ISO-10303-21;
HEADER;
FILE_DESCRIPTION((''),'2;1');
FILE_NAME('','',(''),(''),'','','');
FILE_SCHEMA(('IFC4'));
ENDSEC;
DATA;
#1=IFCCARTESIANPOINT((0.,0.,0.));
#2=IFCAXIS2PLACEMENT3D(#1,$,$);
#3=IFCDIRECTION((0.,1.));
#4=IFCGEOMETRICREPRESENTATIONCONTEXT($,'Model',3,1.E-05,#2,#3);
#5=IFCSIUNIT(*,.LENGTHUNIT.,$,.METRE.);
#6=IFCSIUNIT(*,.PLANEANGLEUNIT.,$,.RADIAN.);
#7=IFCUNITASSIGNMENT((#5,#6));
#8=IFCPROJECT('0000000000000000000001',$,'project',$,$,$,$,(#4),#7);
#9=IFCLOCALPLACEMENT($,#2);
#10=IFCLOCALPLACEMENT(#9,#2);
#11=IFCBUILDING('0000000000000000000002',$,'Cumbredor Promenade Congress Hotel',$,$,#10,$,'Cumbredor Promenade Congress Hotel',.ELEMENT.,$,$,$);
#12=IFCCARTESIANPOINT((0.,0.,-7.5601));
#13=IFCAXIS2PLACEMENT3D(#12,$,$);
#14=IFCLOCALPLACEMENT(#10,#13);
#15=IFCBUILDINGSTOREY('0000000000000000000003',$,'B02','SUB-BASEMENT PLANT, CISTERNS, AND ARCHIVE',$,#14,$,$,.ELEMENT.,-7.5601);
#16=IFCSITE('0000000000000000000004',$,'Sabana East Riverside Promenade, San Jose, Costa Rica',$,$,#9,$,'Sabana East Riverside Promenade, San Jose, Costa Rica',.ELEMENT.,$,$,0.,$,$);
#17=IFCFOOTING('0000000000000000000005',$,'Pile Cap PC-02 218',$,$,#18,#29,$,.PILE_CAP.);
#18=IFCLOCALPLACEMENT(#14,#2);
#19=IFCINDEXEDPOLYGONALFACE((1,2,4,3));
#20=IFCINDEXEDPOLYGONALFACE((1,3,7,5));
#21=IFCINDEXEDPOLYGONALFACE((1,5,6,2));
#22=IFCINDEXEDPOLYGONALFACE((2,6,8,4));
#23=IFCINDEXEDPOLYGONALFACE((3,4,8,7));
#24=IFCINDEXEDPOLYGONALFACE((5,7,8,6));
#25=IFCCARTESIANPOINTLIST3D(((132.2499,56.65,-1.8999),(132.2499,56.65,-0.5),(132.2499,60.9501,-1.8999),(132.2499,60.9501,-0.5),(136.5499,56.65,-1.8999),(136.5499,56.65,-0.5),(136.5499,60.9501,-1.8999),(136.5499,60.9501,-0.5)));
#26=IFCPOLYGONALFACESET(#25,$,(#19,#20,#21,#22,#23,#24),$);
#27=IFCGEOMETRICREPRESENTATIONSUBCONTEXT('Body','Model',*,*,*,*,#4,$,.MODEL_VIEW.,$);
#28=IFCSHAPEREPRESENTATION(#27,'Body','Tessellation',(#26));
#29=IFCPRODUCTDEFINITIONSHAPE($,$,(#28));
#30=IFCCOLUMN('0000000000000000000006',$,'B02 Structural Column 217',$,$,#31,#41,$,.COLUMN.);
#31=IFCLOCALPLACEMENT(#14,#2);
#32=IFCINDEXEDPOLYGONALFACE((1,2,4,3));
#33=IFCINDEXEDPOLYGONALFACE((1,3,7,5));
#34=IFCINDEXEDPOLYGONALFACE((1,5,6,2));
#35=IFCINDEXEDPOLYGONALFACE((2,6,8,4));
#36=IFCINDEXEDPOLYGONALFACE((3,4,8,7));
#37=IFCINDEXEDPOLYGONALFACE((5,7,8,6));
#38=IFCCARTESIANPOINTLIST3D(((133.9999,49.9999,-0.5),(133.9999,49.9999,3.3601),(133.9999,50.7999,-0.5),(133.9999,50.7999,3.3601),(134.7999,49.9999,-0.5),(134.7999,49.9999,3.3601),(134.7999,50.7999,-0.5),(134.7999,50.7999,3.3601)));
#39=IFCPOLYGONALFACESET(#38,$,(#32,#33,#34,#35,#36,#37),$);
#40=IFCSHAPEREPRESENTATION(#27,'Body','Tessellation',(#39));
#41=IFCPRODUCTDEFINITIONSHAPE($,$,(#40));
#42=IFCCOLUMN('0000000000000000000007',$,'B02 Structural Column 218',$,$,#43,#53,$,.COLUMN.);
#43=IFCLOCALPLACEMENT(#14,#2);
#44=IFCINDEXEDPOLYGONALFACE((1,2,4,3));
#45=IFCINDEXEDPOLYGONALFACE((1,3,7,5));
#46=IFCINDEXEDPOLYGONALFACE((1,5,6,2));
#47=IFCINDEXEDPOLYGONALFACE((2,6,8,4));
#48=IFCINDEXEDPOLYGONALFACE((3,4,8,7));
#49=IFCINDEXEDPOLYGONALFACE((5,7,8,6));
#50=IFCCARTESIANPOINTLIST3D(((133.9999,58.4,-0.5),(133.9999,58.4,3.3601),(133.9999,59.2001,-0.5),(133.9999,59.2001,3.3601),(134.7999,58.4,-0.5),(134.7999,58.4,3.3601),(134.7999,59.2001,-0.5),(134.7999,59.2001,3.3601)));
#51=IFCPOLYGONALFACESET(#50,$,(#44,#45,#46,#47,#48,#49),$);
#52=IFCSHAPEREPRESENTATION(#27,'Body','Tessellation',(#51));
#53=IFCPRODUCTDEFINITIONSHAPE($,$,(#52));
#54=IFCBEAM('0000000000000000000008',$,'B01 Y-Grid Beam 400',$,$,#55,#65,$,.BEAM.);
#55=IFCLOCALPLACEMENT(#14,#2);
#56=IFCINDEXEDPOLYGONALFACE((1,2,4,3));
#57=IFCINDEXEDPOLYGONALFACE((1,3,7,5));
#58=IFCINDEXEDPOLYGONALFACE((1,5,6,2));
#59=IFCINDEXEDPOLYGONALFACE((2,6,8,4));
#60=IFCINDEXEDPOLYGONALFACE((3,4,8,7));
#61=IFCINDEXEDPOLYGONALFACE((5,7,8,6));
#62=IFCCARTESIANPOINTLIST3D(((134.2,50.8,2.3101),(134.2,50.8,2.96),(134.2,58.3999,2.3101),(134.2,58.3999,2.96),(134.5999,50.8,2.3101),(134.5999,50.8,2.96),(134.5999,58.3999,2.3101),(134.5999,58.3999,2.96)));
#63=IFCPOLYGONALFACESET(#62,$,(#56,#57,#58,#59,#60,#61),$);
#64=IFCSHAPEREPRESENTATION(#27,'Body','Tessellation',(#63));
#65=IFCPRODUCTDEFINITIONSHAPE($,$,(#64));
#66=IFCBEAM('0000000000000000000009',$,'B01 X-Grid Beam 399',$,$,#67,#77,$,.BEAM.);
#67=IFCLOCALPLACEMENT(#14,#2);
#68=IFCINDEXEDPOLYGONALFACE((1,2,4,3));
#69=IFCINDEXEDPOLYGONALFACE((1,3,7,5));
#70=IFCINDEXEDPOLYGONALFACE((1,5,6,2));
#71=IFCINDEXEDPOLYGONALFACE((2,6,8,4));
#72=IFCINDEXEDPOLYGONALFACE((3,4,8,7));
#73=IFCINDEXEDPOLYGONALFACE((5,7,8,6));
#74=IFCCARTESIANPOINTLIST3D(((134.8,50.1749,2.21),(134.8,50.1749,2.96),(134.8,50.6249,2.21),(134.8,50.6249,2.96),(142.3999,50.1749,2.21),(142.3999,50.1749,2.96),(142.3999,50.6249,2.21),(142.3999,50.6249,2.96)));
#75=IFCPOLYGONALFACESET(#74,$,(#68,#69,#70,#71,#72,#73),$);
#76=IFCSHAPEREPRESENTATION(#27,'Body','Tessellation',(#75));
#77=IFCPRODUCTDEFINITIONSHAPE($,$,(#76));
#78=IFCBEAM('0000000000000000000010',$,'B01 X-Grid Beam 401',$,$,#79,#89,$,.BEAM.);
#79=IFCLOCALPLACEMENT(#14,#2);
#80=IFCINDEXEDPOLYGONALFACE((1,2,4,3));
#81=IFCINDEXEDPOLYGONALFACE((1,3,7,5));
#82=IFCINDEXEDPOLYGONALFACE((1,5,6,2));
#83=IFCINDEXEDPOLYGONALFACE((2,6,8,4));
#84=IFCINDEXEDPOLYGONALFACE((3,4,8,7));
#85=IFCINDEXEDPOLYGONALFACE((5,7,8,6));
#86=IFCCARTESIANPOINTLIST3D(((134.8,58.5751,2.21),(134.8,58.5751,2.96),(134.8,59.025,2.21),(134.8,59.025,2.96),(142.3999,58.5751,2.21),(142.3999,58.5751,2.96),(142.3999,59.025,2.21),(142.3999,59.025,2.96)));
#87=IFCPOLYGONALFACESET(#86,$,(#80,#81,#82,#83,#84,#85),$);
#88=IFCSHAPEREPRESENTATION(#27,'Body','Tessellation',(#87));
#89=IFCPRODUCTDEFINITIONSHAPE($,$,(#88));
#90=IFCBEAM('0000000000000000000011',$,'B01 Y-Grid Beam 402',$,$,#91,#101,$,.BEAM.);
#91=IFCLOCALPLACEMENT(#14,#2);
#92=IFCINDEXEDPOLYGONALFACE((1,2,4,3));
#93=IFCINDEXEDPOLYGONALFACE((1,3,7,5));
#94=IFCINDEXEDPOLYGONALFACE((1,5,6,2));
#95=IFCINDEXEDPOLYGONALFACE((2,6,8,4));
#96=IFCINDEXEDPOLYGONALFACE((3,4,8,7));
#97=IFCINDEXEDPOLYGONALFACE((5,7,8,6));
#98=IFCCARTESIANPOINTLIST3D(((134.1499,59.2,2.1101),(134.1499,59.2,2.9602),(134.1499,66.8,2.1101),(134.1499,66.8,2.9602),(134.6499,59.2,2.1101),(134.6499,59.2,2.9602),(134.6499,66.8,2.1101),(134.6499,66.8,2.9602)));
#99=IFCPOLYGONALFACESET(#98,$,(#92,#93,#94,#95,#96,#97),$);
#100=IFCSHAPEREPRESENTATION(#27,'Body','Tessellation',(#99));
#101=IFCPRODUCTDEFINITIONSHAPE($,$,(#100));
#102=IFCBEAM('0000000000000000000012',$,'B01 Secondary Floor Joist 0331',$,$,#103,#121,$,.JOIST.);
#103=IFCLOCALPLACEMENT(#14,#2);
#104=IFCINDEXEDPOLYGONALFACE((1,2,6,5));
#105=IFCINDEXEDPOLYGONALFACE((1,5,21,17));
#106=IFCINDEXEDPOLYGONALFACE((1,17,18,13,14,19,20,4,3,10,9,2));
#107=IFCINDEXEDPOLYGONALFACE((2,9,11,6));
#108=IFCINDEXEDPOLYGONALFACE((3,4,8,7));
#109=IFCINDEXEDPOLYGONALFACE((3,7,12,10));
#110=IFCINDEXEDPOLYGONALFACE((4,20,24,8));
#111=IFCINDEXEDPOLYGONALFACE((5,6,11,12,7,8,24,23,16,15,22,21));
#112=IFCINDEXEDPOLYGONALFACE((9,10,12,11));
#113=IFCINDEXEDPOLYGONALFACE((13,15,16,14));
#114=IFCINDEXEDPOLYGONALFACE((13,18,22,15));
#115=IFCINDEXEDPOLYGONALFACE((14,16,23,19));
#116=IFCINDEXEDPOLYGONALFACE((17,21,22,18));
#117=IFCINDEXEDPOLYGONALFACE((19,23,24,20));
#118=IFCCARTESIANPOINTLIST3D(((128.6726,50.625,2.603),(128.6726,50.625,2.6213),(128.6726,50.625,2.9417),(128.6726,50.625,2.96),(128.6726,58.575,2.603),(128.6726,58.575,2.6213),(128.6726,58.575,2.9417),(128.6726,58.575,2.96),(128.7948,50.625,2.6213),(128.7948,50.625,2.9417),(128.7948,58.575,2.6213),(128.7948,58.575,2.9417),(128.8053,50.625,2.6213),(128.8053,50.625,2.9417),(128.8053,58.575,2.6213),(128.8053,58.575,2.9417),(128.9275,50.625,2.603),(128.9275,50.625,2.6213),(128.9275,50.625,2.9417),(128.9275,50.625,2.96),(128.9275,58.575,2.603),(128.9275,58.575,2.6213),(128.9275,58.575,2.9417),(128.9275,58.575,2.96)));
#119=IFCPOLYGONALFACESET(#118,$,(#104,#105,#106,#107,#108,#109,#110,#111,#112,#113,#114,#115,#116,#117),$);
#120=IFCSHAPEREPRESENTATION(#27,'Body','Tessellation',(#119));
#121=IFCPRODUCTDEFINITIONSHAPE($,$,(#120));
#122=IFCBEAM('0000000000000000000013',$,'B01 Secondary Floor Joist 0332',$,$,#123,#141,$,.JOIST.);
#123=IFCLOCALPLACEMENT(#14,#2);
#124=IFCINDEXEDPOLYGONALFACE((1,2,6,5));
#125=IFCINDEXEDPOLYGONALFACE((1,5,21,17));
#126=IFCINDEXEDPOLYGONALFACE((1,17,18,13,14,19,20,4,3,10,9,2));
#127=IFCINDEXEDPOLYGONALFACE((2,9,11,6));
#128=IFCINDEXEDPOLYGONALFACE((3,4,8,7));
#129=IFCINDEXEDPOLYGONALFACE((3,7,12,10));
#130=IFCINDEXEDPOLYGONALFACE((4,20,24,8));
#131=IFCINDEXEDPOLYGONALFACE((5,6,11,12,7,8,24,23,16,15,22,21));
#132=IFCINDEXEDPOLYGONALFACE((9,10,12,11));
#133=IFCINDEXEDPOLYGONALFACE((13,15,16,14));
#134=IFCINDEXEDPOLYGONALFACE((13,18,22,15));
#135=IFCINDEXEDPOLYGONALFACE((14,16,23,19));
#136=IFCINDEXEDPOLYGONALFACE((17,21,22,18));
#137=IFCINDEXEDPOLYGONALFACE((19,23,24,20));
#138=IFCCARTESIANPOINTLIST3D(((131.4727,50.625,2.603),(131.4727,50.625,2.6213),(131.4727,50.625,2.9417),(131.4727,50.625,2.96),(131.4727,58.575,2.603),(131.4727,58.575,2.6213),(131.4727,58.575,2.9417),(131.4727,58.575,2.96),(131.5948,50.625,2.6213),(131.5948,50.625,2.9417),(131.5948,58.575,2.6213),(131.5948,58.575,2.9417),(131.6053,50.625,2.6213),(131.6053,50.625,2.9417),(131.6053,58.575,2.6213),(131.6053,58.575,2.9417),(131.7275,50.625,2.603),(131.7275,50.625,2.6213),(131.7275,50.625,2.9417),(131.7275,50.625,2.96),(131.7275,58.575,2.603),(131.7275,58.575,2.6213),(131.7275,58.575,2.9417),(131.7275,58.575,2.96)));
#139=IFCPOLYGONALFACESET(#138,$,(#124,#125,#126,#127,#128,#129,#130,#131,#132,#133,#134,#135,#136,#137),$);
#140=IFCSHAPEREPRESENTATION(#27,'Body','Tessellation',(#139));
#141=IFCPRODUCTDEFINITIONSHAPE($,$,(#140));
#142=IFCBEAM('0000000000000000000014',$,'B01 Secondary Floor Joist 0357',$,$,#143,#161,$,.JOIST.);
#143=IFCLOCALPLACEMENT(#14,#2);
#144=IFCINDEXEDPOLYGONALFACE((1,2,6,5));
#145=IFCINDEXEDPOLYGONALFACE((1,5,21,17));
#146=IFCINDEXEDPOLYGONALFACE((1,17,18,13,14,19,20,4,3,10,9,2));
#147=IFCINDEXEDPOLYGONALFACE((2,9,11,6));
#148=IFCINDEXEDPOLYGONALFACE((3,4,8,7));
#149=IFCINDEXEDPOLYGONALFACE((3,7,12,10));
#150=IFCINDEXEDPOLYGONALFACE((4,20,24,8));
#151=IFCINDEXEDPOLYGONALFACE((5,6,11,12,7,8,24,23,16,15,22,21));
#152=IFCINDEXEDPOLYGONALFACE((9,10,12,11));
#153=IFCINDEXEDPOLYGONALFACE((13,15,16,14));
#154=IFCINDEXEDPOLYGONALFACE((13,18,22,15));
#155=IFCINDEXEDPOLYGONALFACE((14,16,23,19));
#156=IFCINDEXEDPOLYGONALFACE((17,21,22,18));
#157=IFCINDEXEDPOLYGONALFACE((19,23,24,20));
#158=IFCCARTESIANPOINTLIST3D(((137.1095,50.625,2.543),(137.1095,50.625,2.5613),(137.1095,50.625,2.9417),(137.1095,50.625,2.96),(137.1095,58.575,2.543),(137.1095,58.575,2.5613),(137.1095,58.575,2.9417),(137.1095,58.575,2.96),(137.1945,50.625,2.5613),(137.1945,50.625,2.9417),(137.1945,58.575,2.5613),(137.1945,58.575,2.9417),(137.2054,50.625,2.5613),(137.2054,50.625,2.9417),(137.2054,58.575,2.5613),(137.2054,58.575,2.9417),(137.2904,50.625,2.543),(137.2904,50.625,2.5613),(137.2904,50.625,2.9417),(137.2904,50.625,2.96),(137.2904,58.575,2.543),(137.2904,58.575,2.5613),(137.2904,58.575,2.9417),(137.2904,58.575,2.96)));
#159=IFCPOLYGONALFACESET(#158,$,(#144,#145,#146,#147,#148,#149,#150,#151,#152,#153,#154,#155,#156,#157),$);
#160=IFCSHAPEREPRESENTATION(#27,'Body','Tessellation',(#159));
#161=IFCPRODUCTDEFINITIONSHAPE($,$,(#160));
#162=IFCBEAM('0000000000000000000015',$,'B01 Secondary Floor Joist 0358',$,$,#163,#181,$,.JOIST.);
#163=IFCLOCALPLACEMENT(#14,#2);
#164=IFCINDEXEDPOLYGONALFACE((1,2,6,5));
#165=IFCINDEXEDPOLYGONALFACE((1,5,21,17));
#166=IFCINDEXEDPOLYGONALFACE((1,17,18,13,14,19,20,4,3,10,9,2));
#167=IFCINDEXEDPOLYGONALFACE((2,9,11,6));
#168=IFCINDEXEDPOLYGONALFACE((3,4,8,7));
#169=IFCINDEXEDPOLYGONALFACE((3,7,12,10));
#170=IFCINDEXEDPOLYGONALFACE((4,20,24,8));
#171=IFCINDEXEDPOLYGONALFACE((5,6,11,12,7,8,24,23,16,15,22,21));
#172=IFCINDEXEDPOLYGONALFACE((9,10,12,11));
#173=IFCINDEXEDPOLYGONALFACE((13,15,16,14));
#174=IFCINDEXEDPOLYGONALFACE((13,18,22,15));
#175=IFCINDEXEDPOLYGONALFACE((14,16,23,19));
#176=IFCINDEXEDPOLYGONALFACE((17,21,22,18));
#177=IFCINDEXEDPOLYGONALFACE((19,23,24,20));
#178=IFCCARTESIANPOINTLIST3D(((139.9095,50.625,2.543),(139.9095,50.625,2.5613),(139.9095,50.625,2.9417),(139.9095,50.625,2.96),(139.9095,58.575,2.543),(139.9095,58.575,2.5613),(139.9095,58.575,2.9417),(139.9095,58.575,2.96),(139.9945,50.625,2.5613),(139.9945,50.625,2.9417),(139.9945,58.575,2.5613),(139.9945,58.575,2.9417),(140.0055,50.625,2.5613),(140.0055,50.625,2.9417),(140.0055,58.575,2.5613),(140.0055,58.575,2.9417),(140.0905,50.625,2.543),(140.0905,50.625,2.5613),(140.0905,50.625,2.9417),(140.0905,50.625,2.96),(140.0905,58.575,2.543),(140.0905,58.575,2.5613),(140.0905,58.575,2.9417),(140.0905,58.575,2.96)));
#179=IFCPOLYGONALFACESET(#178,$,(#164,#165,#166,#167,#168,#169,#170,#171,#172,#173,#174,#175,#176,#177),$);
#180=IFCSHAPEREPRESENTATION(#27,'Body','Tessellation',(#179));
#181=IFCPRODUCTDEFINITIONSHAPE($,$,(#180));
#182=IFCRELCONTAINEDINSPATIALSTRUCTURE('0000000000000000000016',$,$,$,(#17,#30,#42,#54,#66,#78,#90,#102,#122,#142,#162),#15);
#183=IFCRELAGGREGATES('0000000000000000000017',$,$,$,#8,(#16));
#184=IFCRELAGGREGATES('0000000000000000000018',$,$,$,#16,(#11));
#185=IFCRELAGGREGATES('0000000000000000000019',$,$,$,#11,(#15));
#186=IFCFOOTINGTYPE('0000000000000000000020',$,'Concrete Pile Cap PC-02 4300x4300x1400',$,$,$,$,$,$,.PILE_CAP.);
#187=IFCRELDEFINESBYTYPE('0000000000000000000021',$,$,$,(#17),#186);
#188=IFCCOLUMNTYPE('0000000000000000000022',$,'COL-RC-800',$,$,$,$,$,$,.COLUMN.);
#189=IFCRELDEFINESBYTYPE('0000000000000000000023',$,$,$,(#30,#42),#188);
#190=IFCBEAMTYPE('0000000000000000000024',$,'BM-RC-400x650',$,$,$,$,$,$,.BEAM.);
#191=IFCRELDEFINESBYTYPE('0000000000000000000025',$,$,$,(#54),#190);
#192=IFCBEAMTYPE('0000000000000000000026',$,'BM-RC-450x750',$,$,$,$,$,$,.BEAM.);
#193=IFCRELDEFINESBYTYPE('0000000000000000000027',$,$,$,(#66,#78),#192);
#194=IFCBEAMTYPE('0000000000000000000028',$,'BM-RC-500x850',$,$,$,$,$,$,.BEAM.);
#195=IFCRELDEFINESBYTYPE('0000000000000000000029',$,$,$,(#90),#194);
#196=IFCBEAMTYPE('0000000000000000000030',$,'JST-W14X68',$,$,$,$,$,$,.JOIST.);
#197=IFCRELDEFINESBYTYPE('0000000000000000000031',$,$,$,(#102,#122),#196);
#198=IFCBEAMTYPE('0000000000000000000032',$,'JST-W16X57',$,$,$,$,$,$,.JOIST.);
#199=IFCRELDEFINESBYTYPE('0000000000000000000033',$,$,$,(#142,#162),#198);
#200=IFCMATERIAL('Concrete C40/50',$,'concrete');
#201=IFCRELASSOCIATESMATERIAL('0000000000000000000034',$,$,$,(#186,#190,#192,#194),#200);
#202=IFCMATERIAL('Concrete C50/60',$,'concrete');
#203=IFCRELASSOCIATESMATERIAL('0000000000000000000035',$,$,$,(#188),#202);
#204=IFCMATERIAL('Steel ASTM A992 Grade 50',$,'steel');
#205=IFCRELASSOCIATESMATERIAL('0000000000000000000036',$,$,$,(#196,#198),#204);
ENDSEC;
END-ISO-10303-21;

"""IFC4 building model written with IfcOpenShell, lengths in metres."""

from ifc_helpers import new_model, si_unit, direction, frame, origin, origin_2d, place, context, subcontext, project, spatial, rectangle, i_section, extrude, material, material_profile, profile_set, type_object, element, save


model = new_model("IFC4")

# Units and contexts
model_context = context("Model", 3, precision=1e-05, world=origin(), true_north=direction((0.0, 1.0)))
body_context = subcontext(model_context, "Body", "Model", "MODEL_VIEW")
ifc_project = project(units=[si_unit("LENGTHUNIT", "METRE"), si_unit("PLANEANGLEUNIT", "RADIAN")], contexts=[model_context])

# Site, building, storey
site_placement = place(None, origin())
site = spatial("IfcSite", under=ifc_project, at=site_placement, Name="Sabana East Riverside Promenade, San Jose, Costa Rica", LongName="Sabana East Riverside Promenade, San Jose, Costa Rica", CompositionType="ELEMENT", RefElevation=0.0)
building_placement = place(site_placement, origin())
building = spatial("IfcBuilding", under=site, at=building_placement, Name="Cumbredor Promenade Congress Hotel", LongName="Cumbredor Promenade Congress Hotel", CompositionType="ELEMENT")
storey_placement = place(building_placement, frame((0.0, 0.0, -7.5601)))
storey = spatial("IfcBuildingStorey", under=building, at=storey_placement, Name="B02", Description="SUB-BASEMENT PLANT, CISTERNS, AND ARCHIVE", CompositionType="ELEMENT", Elevation=-7.5601)

# Shared definitions
ifc_material_1 = material(Name="Concrete C40/50", Category="concrete")

# Footing
footing_type_1 = type_object("IfcFootingType", Name="Concrete Pile Cap PC-02 4300x4300x1400", PredefinedType="PILE_CAP", material=ifc_material_1)
for number, where, z_axis, x_axis, name in (
    (1, (134.3999, 58.8, -1.8999), (0.0, 0.0, 1.0), (1.0, 0.0, 0.0), "Pile Cap PC-02 218"),
):
    element("IfcFooting", number, at=place(storey_placement, frame(where, z_axis=z_axis, x_axis=x_axis)), inside=storey, type_object=footing_type_1, Name=name, PredefinedType="PILE_CAP", context=body_context, shape_type="SweptSolid", body=[
        extrude(rectangle(XDim=4.3, YDim=4.3, at=origin_2d()), origin(), (0.0, 0.0, 1.0), 1.3999),
    ])

# Columns
ifc_material_2 = material(Name="Concrete C50/60", Category="concrete")
ifc_material_profile_1 = material_profile(ifc_material_2, rectangle(XDim=0.8, YDim=0.8, at=origin_2d()), Name="RC 800x800")
ifc_profile_set_1 = profile_set([ifc_material_profile_1], Name="Concrete C50/60")
column_type = type_object("IfcColumnType", Name="COL-RC-800", PredefinedType="COLUMN", material=ifc_profile_set_1)
for number, where, z_axis, x_axis, name in (
    (2, (134.3999, 50.3999, -0.5), (0.0, 0.0, 1.0), (1.0, 0.0, 0.0), "B02 Structural Column 217"),
    (3, (134.3999, 58.8, -0.5), (0.0, 0.0, 1.0), (1.0, 0.0, 0.0), "B02 Structural Column 218"),
):
    element("IfcColumn", number, at=place(storey_placement, frame(where, z_axis=z_axis, x_axis=x_axis)), inside=storey, type_object=column_type, Name=name, PredefinedType="COLUMN", context=body_context, shape_type="SweptSolid", body=[
        extrude(rectangle(XDim=0.8, YDim=0.8, at=origin_2d()), origin(), (0.0, 0.0, 1.0), 3.8601),
    ])

# Beams
ifc_material_profile_2 = material_profile(ifc_material_1, rectangle(XDim=0.3999, YDim=0.6499, at=origin_2d()), Name="RC BEAM 400x650")
ifc_profile_set_2 = profile_set([ifc_material_profile_2], Name="Concrete C40/50")
beam_type_1 = type_object("IfcBeamType", Name="BM-RC-400x650", PredefinedType="BEAM", material=ifc_profile_set_2)
beam_1_placement = place(storey_placement, frame((134.3999, 50.8, 2.635), z_axis=(0.0, 1.0, 0.0), x_axis=(-1.0, 0.0, 0.0)))
element("IfcBeam", 4, at=beam_1_placement, inside=storey, type_object=beam_type_1, Name="B01 Y-Grid Beam 400", PredefinedType="BEAM", context=body_context, shape_type="SweptSolid", body=[
    extrude(rectangle(XDim=0.3999, YDim=0.6499, at=origin_2d()), origin(), (0.0, 0.0, 1.0), 7.5999),
])
ifc_material_profile_3 = material_profile(ifc_material_1, rectangle(XDim=0.45, YDim=0.75, at=origin_2d()), Name="RC BEAM 450x750")
ifc_profile_set_3 = profile_set([ifc_material_profile_3], Name="Concrete C40/50")
beam_type_2 = type_object("IfcBeamType", Name="BM-RC-450x750", PredefinedType="BEAM", material=ifc_profile_set_3)
for number, where, z_axis, x_axis, name in (
    (5, (134.8, 50.3999, 2.585), (1.0, 0.0, 0.0), (0.0, 1.0, 0.0), "B01 X-Grid Beam 399"),
    (6, (134.8, 58.8, 2.585), (1.0, 0.0, 0.0), (0.0, 1.0, 0.0), "B01 X-Grid Beam 401"),
):
    element("IfcBeam", number, at=place(storey_placement, frame(where, z_axis=z_axis, x_axis=x_axis)), inside=storey, type_object=beam_type_2, Name=name, PredefinedType="BEAM", context=body_context, shape_type="SweptSolid", body=[
        extrude(rectangle(XDim=0.45, YDim=0.75, at=origin_2d()), origin(), (0.0, 0.0, 1.0), 7.5999),
    ])
ifc_material_profile_4 = material_profile(ifc_material_1, rectangle(XDim=0.5, YDim=0.8501, at=origin_2d()), Name="RC BEAM 500x850")
ifc_profile_set_4 = profile_set([ifc_material_profile_4], Name="Concrete C40/50")
beam_type_3 = type_object("IfcBeamType", Name="BM-RC-500x850", PredefinedType="BEAM", material=ifc_profile_set_4)
beam_2_placement = place(storey_placement, frame((134.3999, 59.2, 2.5352), z_axis=(0.0, 1.0, 0.0), x_axis=(-1.0, 0.0, 0.0)))
element("IfcBeam", 7, at=beam_2_placement, inside=storey, type_object=beam_type_3, Name="B01 Y-Grid Beam 402", PredefinedType="BEAM", context=body_context, shape_type="SweptSolid", body=[
    extrude(rectangle(XDim=0.5, YDim=0.8501, at=origin_2d()), origin(), (0.0, 0.0, 1.0), 7.6001),
])
ifc_material_3 = material(Name="Steel ASTM A992 Grade 50", Category="steel")
ifc_material_profile_5 = material_profile(ifc_material_3, i_section(OverallWidth=0.2549, OverallDepth=0.3569, WebThickness=0.0105, FlangeThickness=0.0183, at=origin_2d()), Name="W14X68")
ifc_profile_set_5 = profile_set([ifc_material_profile_5], Name="Steel ASTM A992 Grade 50")
beam_type_4 = type_object("IfcBeamType", Name="JST-W14X68", PredefinedType="JOIST", material=ifc_profile_set_5)
for number, where, z_axis, x_axis, name in (
    (8, (128.8, 50.625, 2.7815), (0.0, 1.0, 0.0), (-1.0, 0.0, 0.0), "B01 Secondary Floor Joist 0331"),
    (9, (131.6001, 50.625, 2.7815), (0.0, 1.0, 0.0), (-1.0, 0.0, 0.0), "B01 Secondary Floor Joist 0332"),
):
    element("IfcBeam", number, at=place(storey_placement, frame(where, z_axis=z_axis, x_axis=x_axis)), inside=storey, type_object=beam_type_4, Name=name, PredefinedType="JOIST", context=body_context, shape_type="SweptSolid", body=[
        extrude(i_section(OverallWidth=0.2549, OverallDepth=0.3569, WebThickness=0.0105, FlangeThickness=0.0183, at=origin_2d()), origin(), (0.0, 0.0, 1.0), 7.95),
    ])
ifc_material_profile_6 = material_profile(ifc_material_3, i_section(OverallWidth=0.1809, OverallDepth=0.417, WebThickness=0.011, FlangeThickness=0.0183, at=origin_2d()), Name="W16X57")
ifc_profile_set_6 = profile_set([ifc_material_profile_6], Name="Steel ASTM A992 Grade 50")
beam_type_5 = type_object("IfcBeamType", Name="JST-W16X57", PredefinedType="JOIST", material=ifc_profile_set_6)
for number, where, z_axis, x_axis, name in (
    (10, (137.2, 50.625, 2.7515), (0.0, 1.0, 0.0), (-1.0, 0.0, 0.0), "B01 Secondary Floor Joist 0357"),
    (11, (140.0, 50.625, 2.7515), (0.0, 1.0, 0.0), (-1.0, 0.0, 0.0), "B01 Secondary Floor Joist 0358"),
):
    element("IfcBeam", number, at=place(storey_placement, frame(where, z_axis=z_axis, x_axis=x_axis)), inside=storey, type_object=beam_type_5, Name=name, PredefinedType="JOIST", context=body_context, shape_type="SweptSolid", body=[
        extrude(i_section(OverallWidth=0.1809, OverallDepth=0.417, WebThickness=0.011, FlangeThickness=0.0183, at=origin_2d()), origin(), (0.0, 0.0, 1.0), 7.95),
    ])

save(model, "model.ifc")
